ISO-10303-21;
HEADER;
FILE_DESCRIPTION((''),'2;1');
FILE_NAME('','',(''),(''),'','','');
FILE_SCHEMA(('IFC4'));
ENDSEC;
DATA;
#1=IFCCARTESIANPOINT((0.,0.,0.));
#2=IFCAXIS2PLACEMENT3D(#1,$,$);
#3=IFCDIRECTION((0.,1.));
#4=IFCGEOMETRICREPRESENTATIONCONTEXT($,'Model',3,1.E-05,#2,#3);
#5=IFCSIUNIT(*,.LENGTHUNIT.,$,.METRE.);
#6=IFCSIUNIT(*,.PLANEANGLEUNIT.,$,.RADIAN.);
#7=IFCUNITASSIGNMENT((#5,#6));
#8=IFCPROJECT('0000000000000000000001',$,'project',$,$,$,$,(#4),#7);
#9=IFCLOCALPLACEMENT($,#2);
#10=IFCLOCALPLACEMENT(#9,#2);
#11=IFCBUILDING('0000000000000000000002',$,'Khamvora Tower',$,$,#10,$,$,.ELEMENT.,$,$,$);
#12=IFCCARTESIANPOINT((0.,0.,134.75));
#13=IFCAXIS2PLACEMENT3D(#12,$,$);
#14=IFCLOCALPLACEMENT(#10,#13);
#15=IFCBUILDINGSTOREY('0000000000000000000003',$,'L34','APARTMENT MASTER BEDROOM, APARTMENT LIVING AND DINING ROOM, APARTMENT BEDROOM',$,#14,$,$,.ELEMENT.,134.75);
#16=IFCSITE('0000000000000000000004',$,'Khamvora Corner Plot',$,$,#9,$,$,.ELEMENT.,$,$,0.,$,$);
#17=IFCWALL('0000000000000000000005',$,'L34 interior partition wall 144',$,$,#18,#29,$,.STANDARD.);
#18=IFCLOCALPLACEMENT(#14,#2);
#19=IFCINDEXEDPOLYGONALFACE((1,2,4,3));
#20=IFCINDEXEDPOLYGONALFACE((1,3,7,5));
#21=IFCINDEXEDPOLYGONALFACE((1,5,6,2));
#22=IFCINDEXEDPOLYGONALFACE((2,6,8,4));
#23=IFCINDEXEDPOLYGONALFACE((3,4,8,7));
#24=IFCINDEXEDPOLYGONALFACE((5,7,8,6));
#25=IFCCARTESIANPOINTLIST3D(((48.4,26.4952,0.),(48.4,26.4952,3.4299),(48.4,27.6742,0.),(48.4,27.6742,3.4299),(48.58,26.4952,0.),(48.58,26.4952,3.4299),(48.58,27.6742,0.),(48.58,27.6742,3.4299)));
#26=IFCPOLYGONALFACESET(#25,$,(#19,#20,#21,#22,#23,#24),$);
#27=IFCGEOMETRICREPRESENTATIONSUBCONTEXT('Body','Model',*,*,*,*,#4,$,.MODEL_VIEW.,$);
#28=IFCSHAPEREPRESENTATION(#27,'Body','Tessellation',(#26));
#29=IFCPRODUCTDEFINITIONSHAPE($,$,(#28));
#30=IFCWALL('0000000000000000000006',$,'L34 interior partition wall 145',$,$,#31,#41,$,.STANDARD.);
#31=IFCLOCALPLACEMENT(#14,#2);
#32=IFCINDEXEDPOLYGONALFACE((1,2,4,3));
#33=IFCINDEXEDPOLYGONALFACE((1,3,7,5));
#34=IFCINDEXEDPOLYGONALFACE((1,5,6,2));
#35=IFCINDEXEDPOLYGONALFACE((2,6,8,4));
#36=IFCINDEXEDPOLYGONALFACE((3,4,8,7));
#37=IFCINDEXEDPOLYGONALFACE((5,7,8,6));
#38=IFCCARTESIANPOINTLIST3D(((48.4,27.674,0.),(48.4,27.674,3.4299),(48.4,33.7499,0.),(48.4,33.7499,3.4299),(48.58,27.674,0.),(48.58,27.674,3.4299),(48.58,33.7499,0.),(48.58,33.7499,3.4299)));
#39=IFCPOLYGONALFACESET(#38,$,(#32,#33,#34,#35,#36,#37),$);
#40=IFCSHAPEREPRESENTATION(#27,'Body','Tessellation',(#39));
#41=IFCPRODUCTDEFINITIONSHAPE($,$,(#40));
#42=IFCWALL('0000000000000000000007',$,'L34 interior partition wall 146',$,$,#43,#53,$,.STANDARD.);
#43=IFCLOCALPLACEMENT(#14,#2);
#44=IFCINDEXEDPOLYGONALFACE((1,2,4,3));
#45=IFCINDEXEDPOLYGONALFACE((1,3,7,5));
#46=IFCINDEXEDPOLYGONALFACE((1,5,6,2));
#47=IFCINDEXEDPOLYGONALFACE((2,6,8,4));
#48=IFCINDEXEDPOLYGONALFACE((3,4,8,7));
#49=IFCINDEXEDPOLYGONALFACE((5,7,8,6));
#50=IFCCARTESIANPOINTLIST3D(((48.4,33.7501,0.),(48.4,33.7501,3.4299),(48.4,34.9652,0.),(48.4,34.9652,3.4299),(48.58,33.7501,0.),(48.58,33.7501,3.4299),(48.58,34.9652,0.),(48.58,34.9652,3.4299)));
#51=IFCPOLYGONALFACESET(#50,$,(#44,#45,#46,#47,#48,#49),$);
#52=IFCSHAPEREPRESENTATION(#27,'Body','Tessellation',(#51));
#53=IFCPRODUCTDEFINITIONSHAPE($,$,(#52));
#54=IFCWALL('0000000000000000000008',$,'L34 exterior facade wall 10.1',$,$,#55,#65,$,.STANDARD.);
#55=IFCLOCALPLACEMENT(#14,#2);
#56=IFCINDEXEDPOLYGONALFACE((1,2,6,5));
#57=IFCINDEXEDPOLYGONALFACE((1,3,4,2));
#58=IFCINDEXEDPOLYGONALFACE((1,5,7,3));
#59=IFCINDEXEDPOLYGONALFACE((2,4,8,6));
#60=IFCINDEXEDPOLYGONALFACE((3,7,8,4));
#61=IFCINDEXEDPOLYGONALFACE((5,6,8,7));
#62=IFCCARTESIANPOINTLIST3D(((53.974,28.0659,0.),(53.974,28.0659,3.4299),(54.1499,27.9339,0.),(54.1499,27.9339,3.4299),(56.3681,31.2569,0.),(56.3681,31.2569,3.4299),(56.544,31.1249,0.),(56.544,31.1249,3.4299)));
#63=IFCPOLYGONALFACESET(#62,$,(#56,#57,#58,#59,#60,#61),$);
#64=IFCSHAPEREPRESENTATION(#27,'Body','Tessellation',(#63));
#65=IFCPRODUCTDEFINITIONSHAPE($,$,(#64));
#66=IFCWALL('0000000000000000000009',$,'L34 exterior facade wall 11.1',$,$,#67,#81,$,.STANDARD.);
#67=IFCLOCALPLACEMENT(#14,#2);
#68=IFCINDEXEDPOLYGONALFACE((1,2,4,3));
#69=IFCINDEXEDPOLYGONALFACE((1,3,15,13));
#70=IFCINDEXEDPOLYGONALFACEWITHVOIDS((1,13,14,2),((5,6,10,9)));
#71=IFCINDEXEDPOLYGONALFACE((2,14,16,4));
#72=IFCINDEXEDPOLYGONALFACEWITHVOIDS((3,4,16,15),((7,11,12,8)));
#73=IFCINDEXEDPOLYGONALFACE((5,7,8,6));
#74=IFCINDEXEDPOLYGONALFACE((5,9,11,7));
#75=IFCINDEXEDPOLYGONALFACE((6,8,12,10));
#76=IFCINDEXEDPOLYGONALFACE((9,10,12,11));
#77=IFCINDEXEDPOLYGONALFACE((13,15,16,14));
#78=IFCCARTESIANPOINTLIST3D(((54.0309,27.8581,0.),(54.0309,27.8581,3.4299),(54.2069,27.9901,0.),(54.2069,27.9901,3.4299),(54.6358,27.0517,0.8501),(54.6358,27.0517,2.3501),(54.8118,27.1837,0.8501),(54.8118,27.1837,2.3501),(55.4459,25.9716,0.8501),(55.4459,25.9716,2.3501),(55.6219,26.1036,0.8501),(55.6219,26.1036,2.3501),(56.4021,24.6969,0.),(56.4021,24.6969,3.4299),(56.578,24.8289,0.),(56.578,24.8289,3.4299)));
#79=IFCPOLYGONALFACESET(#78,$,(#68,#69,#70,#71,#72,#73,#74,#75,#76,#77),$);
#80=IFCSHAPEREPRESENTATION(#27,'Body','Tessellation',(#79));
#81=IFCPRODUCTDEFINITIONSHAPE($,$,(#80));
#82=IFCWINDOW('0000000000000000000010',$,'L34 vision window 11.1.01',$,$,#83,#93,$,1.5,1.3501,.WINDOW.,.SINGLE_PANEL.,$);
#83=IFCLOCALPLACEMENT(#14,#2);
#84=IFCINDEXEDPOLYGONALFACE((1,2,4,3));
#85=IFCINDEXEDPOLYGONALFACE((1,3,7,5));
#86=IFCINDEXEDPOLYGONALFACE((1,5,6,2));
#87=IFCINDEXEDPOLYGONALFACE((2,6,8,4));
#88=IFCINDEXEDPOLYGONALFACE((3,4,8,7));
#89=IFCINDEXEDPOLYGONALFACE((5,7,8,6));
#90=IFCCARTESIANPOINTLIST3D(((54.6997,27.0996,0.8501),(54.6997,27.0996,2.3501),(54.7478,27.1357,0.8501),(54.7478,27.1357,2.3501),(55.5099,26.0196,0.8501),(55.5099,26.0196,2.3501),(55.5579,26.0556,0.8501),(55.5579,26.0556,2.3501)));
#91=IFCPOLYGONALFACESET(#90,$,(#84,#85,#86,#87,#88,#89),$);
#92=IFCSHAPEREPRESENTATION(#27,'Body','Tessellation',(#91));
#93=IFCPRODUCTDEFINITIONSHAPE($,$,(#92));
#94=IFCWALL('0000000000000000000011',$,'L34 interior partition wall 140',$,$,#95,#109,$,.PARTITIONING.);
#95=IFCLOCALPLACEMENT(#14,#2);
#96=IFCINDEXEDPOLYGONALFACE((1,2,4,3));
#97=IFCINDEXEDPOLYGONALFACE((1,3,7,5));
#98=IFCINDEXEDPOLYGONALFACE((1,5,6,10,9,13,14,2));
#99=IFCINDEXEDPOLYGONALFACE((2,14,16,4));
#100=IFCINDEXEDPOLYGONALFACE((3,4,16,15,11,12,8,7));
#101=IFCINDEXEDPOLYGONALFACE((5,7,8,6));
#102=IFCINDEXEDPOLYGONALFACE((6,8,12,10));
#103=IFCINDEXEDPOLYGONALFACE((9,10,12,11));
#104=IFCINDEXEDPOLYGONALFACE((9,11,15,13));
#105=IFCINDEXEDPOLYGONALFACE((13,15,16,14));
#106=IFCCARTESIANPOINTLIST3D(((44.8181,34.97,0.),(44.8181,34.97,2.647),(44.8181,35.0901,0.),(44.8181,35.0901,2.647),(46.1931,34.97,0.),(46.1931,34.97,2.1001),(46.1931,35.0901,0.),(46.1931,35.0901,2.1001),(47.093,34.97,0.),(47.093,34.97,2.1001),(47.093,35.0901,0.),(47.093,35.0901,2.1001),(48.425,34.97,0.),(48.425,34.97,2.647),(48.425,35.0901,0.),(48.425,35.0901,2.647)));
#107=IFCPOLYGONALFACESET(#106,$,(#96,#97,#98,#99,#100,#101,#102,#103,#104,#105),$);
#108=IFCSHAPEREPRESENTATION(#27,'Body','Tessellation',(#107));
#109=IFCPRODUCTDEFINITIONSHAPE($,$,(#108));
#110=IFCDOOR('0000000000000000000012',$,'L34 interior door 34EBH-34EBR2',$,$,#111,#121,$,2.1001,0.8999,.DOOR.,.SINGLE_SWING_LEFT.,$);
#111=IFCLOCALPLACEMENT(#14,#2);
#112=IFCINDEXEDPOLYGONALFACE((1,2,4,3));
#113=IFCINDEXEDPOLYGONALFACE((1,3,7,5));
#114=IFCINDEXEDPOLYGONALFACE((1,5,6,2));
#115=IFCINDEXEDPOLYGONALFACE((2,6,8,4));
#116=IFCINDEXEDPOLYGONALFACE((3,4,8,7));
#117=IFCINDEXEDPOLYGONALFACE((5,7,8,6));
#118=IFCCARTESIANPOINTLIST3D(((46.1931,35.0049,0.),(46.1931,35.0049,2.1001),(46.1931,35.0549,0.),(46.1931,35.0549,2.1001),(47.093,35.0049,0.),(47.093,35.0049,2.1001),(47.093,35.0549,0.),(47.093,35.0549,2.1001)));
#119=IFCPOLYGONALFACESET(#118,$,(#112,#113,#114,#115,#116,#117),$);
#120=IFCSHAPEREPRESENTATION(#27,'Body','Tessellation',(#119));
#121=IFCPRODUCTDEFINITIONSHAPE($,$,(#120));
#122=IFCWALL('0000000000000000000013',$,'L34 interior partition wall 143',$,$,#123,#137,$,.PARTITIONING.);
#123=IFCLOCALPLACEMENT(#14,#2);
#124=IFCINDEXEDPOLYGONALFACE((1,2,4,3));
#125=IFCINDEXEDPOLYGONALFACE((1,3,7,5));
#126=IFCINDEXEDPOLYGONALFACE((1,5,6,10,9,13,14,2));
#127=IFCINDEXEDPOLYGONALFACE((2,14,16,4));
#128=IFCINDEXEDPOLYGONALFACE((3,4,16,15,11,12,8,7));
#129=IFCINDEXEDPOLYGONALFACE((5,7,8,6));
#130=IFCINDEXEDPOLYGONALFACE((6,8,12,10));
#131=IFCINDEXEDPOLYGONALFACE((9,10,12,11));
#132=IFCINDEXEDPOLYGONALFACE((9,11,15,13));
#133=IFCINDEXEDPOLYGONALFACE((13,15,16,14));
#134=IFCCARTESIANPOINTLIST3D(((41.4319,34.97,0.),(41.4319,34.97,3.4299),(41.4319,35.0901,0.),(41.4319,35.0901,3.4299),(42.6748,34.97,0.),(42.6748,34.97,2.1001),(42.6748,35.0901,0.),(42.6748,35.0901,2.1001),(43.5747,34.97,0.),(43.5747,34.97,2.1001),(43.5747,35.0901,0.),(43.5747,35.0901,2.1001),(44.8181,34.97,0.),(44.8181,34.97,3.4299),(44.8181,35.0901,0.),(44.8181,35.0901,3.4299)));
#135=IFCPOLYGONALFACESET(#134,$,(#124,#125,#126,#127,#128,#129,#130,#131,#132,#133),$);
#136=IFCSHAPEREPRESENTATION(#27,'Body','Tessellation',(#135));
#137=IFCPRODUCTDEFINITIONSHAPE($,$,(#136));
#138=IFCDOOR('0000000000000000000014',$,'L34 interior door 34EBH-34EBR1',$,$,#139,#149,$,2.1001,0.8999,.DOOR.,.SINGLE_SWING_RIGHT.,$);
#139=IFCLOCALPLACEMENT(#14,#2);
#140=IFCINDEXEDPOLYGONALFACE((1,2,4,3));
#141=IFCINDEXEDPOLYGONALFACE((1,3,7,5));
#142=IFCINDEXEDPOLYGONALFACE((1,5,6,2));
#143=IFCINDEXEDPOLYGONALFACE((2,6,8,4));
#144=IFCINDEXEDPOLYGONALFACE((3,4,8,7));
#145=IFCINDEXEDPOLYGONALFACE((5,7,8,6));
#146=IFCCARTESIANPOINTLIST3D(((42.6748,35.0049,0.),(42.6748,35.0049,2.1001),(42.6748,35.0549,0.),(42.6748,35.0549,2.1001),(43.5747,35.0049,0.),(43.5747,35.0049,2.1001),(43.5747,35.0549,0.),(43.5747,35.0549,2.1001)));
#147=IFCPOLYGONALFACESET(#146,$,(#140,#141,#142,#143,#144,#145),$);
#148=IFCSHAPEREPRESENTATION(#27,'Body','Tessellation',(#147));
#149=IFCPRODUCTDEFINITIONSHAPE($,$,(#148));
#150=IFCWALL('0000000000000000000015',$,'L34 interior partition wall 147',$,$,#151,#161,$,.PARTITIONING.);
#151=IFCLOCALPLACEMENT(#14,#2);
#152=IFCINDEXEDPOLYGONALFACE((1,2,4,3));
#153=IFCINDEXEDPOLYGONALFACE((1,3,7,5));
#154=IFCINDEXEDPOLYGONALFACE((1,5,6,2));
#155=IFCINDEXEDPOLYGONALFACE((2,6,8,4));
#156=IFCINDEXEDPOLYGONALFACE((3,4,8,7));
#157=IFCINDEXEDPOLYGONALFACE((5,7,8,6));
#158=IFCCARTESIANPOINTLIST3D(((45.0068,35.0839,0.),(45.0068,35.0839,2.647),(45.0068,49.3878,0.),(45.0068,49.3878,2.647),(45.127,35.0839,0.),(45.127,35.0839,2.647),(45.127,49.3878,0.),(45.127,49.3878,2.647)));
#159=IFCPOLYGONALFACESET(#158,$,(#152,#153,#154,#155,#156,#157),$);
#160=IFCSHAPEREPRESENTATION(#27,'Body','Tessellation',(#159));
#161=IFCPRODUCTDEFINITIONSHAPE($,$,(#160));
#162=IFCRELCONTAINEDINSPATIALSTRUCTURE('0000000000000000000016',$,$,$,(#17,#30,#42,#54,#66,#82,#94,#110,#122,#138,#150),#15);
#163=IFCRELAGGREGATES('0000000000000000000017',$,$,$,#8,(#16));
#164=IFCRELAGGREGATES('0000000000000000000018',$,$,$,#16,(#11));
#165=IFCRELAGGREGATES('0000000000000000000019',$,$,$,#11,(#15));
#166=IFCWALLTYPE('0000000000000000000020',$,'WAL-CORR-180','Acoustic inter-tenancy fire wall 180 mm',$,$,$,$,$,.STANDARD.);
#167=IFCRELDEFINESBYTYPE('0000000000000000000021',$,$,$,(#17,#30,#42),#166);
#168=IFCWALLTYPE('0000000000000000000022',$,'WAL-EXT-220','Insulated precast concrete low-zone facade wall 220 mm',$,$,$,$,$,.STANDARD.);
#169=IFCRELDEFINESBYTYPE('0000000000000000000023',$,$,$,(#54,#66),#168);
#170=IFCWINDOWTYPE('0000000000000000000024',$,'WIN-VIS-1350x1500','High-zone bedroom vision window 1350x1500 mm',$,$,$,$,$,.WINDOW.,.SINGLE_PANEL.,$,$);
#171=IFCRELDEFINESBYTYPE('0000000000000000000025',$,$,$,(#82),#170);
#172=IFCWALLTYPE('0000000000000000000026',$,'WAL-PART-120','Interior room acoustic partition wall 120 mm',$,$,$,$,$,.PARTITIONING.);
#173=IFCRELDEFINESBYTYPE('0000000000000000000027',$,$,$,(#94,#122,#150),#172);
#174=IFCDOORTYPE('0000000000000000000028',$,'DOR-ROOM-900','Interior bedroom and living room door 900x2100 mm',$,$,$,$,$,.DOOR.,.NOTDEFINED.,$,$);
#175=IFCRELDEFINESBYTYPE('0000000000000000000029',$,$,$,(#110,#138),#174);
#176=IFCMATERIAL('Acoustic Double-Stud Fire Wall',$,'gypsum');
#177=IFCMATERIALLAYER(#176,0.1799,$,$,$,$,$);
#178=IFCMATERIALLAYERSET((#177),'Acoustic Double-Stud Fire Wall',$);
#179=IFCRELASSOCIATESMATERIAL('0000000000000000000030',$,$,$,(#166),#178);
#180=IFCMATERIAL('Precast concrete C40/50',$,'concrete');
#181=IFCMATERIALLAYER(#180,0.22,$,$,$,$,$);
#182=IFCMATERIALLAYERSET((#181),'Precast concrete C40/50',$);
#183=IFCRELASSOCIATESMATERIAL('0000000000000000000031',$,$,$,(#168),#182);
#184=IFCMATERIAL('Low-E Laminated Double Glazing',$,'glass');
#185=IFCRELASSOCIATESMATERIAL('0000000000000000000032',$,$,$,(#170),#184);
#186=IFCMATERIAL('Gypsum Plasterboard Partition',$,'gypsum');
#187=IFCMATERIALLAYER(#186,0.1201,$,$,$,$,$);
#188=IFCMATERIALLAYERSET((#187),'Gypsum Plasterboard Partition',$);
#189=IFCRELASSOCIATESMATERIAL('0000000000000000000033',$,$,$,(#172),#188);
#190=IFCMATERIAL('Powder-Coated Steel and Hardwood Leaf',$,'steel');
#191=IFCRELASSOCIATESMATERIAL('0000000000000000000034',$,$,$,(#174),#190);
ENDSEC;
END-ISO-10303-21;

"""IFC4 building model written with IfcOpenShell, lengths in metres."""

from ifc_helpers import new_model, si_unit, direction, frame, frame_2d, origin, place, context, subcontext, project, spatial, rectangle, extrude, material, layer, layer_set, type_object, element, fill, save


model = new_model("IFC4")

# Units and contexts
model_context = context("Model", 3, precision=1e-05, world=origin(), true_north=direction((0.0, 1.0)))
body_context = subcontext(model_context, "Body", "Model", "MODEL_VIEW")
ifc_project = project(units=[si_unit("LENGTHUNIT", "METRE"), si_unit("PLANEANGLEUNIT", "RADIAN")], contexts=[model_context])

# Site, building, storey
site_placement = place(None, origin())
site = spatial("IfcSite", under=ifc_project, at=site_placement, Name="Khamvora Corner Plot", CompositionType="ELEMENT", RefElevation=0.0)
building_placement = place(site_placement, origin())
building = spatial("IfcBuilding", under=site, at=building_placement, Name="Khamvora Tower", CompositionType="ELEMENT")
storey_placement = place(building_placement, frame((0.0, 0.0, 134.75)))
storey = spatial("IfcBuildingStorey", under=building, at=storey_placement, Name="L34", Description="APARTMENT MASTER BEDROOM, APARTMENT LIVING AND DINING ROOM, APARTMENT BEDROOM", CompositionType="ELEMENT", Elevation=134.75)

# Shared definitions
ifc_material_1 = material(Name="Powder-Coated Steel and Hardwood Leaf", Category="steel")

# Walls
ifc_material_2 = material(Name="Acoustic Double-Stud Fire Wall", Category="gypsum")
ifc_layer_1 = layer(ifc_material_2, 0.1799)
ifc_layer_set_1 = layer_set([ifc_layer_1], Name="Acoustic Double-Stud Fire Wall")
wall_type_1 = type_object("IfcWallType", Name="WAL-CORR-180", Description="Acoustic inter-tenancy fire wall 180 mm", PredefinedType="STANDARD", material=ifc_layer_set_1)
wall_1_placement = place(storey_placement, frame((48.49, 27.6741, 0.0), z_axis=(0.0, 0.0, 1.0), x_axis=(0.0, -1.0, 0.0)))
element("IfcWall", 1, at=wall_1_placement, inside=storey, type_object=wall_type_1, Name="L34 interior partition wall 144", PredefinedType="STANDARD", context=body_context, shape_type="SweptSolid", body=[
    extrude(rectangle(XDim=1.179, YDim=0.1799, at=frame_2d((0.5894, 0.0))), origin(), (0.0, 0.0, 1.0), 3.4299),
])
wall_2_placement = place(storey_placement, frame((48.49, 33.75, 0.0), z_axis=(0.0, 0.0, 1.0), x_axis=(0.0, -1.0, 0.0)))
element("IfcWall", 2, at=wall_2_placement, inside=storey, type_object=wall_type_1, Name="L34 interior partition wall 145", PredefinedType="STANDARD", context=body_context, shape_type="SweptSolid", body=[
    extrude(rectangle(XDim=6.0759, YDim=0.1799, at=frame_2d((3.0381, 0.0))), origin(), (0.0, 0.0, 1.0), 3.4299),
])
wall_3_placement = place(storey_placement, frame((48.49, 34.9651, 0.0), z_axis=(0.0, 0.0, 1.0), x_axis=(0.0, -1.0, 0.0)))
element("IfcWall", 3, at=wall_3_placement, inside=storey, type_object=wall_type_1, Name="L34 interior partition wall 146", PredefinedType="STANDARD", context=body_context, shape_type="SweptSolid", body=[
    extrude(rectangle(XDim=1.2151, YDim=0.1799, at=frame_2d((0.6074, 0.0))), origin(), (0.0, 0.0, 1.0), 3.4299),
])
ifc_material_3 = material(Name="Precast concrete C40/50", Category="concrete")
ifc_layer_2 = layer(ifc_material_3, 0.22)
ifc_layer_set_2 = layer_set([ifc_layer_2], Name="Precast concrete C40/50")
wall_type_2 = type_object("IfcWallType", Name="WAL-EXT-220", Description="Insulated precast concrete low-zone facade wall 220 mm", PredefinedType="STANDARD", material=ifc_layer_set_2)
wall_4_placement = place(storey_placement, frame((56.4561, 31.1909, 0.0), z_axis=(0.0, 0.0, 1.0), x_axis=(-0.600137, -0.799897, 0.0)))
element("IfcWall", 4, at=wall_4_placement, inside=storey, type_object=wall_type_2, Name="L34 exterior facade wall 10.1", PredefinedType="STANDARD", context=body_context, shape_type="SweptSolid", body=[
    extrude(rectangle(XDim=3.9893, YDim=0.22, at=frame_2d((1.9946, 0.0))), origin(), (0.0, 0.0, 1.0), 3.4299),
])

# Wall, opening, window
wall_5_placement = place(storey_placement, frame((54.1189, 27.9241, 0.0), z_axis=(0.0, 0.0, 1.0), x_axis=(0.60004, -0.79997, 0.0)))
wall_5 = element("IfcWall", 5, at=wall_5_placement, inside=storey, type_object=wall_type_2, Name="L34 exterior facade wall 11.1", PredefinedType="STANDARD", context=body_context, shape_type="SweptSolid", body=[
    extrude(rectangle(XDim=3.9517, YDim=0.22, at=frame_2d((1.9758, 0.0))), origin(), (0.0, 0.0, 1.0), 3.4299),
])
opening_1_placement = place(wall_5_placement, frame((1.0081, 0.0, 0.8501)))
opening_1 = element("IfcOpeningElement", 6, at=opening_1_placement, cuts=wall_5, PredefinedType="OPENING", context=body_context, shape_type="SweptSolid", body=[
    extrude(rectangle(XDim=1.3501, YDim=1.5, at=frame_2d((0.675, 0.75))), frame((0.0, 0.1199, 0.0), z_axis=(0.0, -1.0, 0.0), x_axis=(1.0, 0.0, 0.0)), (0.0, 0.0, 1.0), 0.24),
])
ifc_material_4 = material(Name="Low-E Laminated Double Glazing", Category="glass")
window_type = type_object("IfcWindowType", Name="WIN-VIS-1350x1500", Description="High-zone bedroom vision window 1350x1500 mm", PartitioningType="SINGLE_PANEL", PredefinedType="WINDOW", material=ifc_material_4)
window_placement = place(opening_1_placement, origin())
window = element("IfcWindow", 7, at=window_placement, inside=storey, type_object=window_type, Name="L34 vision window 11.1.01", OverallHeight=1.5, OverallWidth=1.3501, PartitioningType="SINGLE_PANEL", PredefinedType="WINDOW", context=body_context, shape_type="SweptSolid", body=[
    extrude(rectangle(XDim=1.3501, YDim=1.5, at=frame_2d((0.675, 0.75))), frame((0.0, 0.03, 0.0), z_axis=(0.0, -1.0, 0.0), x_axis=(1.0, 0.0, 0.0)), (0.0, 0.0, 1.0), 0.0601),
])
fill(opening_1, window)

# Walls, openings, doors
ifc_material_5 = material(Name="Gypsum Plasterboard Partition", Category="gypsum")
ifc_layer_3 = layer(ifc_material_5, 0.1201)
ifc_layer_set_3 = layer_set([ifc_layer_3], Name="Gypsum Plasterboard Partition")
wall_type_3 = type_object("IfcWallType", Name="WAL-PART-120", Description="Interior room acoustic partition wall 120 mm", PredefinedType="PARTITIONING", material=ifc_layer_set_3)
wall_6_placement = place(storey_placement, frame((44.8181, 35.03, 0.0), z_axis=(0.0, 0.0, 1.0), x_axis=(1.0, 0.0, 0.0)))
wall_6 = element("IfcWall", 8, at=wall_6_placement, inside=storey, type_object=wall_type_3, Name="L34 interior partition wall 140", PredefinedType="PARTITIONING", context=body_context, shape_type="SweptSolid", body=[
    extrude(rectangle(XDim=3.6069, YDim=0.1201, at=frame_2d((1.8035, 0.0))), origin(), (0.0, 0.0, 1.0), 2.647),
])
opening_2_placement = place(wall_6_placement, frame((1.375, 0.0, 0.0)))
opening_2 = element("IfcOpeningElement", 9, at=opening_2_placement, cuts=wall_6, PredefinedType="OPENING", context=body_context, shape_type="SweptSolid", body=[
    extrude(rectangle(XDim=0.8999, YDim=2.1001, at=frame_2d((0.45, 1.05))), frame((0.0, 0.0701, 0.0), z_axis=(0.0, -1.0, 0.0), x_axis=(1.0, 0.0, 0.0)), (0.0, 0.0, 1.0), 0.1401),
])
door_type_1 = type_object("IfcDoorType", Name="DOR-ROOM-900", Description="Interior bedroom and living room door 900x2100 mm", OperationType="NOTDEFINED", PredefinedType="DOOR", material=ifc_material_1)
door_1_placement = place(opening_2_placement, origin())
door_1 = element("IfcDoor", 10, at=door_1_placement, inside=storey, type_object=door_type_1, Name="L34 interior door 34EBH-34EBR2", OperationType="SINGLE_SWING_LEFT", OverallHeight=2.1001, OverallWidth=0.8999, PredefinedType="DOOR", context=body_context, shape_type="SweptSolid", body=[
    extrude(rectangle(XDim=0.8999, YDim=2.1001, at=frame_2d((0.45, 1.05))), frame((0.0, 0.0249, 0.0), z_axis=(0.0, -1.0, 0.0), x_axis=(1.0, 0.0, 0.0)), (0.0, 0.0, 1.0), 0.05),
])
fill(opening_2, door_1)
wall_7_placement = place(storey_placement, frame((41.4319, 35.03, 0.0), z_axis=(0.0, 0.0, 1.0), x_axis=(1.0, 0.0, 0.0)))
wall_7 = element("IfcWall", 11, at=wall_7_placement, inside=storey, type_object=wall_type_3, Name="L34 interior partition wall 143", PredefinedType="PARTITIONING", context=body_context, shape_type="SweptSolid", body=[
    extrude(rectangle(XDim=3.3862, YDim=0.1201, at=frame_2d((1.6931, 0.0))), origin(), (0.0, 0.0, 1.0), 3.4299),
])
opening_3_placement = place(wall_7_placement, frame((1.2429, 0.0, 0.0)))
opening_3 = element("IfcOpeningElement", 12, at=opening_3_placement, cuts=wall_7, PredefinedType="OPENING", context=body_context, shape_type="SweptSolid", body=[
    extrude(rectangle(XDim=0.8999, YDim=2.1001, at=frame_2d((0.45, 1.05))), frame((0.0, 0.0701, 0.0), z_axis=(0.0, -1.0, 0.0), x_axis=(1.0, 0.0, 0.0)), (0.0, 0.0, 1.0), 0.1401),
])
door_2_placement = place(opening_3_placement, origin())
door_2 = element("IfcDoor", 13, at=door_2_placement, inside=storey, type_object=door_type_1, Name="L34 interior door 34EBH-34EBR1", OperationType="SINGLE_SWING_RIGHT", OverallHeight=2.1001, OverallWidth=0.8999, PredefinedType="DOOR", context=body_context, shape_type="SweptSolid", body=[
    extrude(rectangle(XDim=0.8999, YDim=2.1001, at=frame_2d((0.45, 1.05))), frame((0.0, 0.0249, 0.0), z_axis=(0.0, -1.0, 0.0), x_axis=(1.0, 0.0, 0.0)), (0.0, 0.0, 1.0), 0.05),
])
fill(opening_3, door_2)

# Wall
wall_8_placement = place(storey_placement, frame((45.0669, 35.084, 0.0), z_axis=(0.0, 0.0, 1.0), x_axis=(0.0, 1.0, 0.0)))
element("IfcWall", 14, at=wall_8_placement, inside=storey, type_object=wall_type_3, Name="L34 interior partition wall 147", PredefinedType="PARTITIONING", context=body_context, shape_type="SweptSolid", body=[
    extrude(rectangle(XDim=14.304, YDim=0.1201, at=frame_2d((7.1519, 0.0))), origin(), (0.0, 0.0, 1.0), 2.647),
])

save(model, "model.ifc")
